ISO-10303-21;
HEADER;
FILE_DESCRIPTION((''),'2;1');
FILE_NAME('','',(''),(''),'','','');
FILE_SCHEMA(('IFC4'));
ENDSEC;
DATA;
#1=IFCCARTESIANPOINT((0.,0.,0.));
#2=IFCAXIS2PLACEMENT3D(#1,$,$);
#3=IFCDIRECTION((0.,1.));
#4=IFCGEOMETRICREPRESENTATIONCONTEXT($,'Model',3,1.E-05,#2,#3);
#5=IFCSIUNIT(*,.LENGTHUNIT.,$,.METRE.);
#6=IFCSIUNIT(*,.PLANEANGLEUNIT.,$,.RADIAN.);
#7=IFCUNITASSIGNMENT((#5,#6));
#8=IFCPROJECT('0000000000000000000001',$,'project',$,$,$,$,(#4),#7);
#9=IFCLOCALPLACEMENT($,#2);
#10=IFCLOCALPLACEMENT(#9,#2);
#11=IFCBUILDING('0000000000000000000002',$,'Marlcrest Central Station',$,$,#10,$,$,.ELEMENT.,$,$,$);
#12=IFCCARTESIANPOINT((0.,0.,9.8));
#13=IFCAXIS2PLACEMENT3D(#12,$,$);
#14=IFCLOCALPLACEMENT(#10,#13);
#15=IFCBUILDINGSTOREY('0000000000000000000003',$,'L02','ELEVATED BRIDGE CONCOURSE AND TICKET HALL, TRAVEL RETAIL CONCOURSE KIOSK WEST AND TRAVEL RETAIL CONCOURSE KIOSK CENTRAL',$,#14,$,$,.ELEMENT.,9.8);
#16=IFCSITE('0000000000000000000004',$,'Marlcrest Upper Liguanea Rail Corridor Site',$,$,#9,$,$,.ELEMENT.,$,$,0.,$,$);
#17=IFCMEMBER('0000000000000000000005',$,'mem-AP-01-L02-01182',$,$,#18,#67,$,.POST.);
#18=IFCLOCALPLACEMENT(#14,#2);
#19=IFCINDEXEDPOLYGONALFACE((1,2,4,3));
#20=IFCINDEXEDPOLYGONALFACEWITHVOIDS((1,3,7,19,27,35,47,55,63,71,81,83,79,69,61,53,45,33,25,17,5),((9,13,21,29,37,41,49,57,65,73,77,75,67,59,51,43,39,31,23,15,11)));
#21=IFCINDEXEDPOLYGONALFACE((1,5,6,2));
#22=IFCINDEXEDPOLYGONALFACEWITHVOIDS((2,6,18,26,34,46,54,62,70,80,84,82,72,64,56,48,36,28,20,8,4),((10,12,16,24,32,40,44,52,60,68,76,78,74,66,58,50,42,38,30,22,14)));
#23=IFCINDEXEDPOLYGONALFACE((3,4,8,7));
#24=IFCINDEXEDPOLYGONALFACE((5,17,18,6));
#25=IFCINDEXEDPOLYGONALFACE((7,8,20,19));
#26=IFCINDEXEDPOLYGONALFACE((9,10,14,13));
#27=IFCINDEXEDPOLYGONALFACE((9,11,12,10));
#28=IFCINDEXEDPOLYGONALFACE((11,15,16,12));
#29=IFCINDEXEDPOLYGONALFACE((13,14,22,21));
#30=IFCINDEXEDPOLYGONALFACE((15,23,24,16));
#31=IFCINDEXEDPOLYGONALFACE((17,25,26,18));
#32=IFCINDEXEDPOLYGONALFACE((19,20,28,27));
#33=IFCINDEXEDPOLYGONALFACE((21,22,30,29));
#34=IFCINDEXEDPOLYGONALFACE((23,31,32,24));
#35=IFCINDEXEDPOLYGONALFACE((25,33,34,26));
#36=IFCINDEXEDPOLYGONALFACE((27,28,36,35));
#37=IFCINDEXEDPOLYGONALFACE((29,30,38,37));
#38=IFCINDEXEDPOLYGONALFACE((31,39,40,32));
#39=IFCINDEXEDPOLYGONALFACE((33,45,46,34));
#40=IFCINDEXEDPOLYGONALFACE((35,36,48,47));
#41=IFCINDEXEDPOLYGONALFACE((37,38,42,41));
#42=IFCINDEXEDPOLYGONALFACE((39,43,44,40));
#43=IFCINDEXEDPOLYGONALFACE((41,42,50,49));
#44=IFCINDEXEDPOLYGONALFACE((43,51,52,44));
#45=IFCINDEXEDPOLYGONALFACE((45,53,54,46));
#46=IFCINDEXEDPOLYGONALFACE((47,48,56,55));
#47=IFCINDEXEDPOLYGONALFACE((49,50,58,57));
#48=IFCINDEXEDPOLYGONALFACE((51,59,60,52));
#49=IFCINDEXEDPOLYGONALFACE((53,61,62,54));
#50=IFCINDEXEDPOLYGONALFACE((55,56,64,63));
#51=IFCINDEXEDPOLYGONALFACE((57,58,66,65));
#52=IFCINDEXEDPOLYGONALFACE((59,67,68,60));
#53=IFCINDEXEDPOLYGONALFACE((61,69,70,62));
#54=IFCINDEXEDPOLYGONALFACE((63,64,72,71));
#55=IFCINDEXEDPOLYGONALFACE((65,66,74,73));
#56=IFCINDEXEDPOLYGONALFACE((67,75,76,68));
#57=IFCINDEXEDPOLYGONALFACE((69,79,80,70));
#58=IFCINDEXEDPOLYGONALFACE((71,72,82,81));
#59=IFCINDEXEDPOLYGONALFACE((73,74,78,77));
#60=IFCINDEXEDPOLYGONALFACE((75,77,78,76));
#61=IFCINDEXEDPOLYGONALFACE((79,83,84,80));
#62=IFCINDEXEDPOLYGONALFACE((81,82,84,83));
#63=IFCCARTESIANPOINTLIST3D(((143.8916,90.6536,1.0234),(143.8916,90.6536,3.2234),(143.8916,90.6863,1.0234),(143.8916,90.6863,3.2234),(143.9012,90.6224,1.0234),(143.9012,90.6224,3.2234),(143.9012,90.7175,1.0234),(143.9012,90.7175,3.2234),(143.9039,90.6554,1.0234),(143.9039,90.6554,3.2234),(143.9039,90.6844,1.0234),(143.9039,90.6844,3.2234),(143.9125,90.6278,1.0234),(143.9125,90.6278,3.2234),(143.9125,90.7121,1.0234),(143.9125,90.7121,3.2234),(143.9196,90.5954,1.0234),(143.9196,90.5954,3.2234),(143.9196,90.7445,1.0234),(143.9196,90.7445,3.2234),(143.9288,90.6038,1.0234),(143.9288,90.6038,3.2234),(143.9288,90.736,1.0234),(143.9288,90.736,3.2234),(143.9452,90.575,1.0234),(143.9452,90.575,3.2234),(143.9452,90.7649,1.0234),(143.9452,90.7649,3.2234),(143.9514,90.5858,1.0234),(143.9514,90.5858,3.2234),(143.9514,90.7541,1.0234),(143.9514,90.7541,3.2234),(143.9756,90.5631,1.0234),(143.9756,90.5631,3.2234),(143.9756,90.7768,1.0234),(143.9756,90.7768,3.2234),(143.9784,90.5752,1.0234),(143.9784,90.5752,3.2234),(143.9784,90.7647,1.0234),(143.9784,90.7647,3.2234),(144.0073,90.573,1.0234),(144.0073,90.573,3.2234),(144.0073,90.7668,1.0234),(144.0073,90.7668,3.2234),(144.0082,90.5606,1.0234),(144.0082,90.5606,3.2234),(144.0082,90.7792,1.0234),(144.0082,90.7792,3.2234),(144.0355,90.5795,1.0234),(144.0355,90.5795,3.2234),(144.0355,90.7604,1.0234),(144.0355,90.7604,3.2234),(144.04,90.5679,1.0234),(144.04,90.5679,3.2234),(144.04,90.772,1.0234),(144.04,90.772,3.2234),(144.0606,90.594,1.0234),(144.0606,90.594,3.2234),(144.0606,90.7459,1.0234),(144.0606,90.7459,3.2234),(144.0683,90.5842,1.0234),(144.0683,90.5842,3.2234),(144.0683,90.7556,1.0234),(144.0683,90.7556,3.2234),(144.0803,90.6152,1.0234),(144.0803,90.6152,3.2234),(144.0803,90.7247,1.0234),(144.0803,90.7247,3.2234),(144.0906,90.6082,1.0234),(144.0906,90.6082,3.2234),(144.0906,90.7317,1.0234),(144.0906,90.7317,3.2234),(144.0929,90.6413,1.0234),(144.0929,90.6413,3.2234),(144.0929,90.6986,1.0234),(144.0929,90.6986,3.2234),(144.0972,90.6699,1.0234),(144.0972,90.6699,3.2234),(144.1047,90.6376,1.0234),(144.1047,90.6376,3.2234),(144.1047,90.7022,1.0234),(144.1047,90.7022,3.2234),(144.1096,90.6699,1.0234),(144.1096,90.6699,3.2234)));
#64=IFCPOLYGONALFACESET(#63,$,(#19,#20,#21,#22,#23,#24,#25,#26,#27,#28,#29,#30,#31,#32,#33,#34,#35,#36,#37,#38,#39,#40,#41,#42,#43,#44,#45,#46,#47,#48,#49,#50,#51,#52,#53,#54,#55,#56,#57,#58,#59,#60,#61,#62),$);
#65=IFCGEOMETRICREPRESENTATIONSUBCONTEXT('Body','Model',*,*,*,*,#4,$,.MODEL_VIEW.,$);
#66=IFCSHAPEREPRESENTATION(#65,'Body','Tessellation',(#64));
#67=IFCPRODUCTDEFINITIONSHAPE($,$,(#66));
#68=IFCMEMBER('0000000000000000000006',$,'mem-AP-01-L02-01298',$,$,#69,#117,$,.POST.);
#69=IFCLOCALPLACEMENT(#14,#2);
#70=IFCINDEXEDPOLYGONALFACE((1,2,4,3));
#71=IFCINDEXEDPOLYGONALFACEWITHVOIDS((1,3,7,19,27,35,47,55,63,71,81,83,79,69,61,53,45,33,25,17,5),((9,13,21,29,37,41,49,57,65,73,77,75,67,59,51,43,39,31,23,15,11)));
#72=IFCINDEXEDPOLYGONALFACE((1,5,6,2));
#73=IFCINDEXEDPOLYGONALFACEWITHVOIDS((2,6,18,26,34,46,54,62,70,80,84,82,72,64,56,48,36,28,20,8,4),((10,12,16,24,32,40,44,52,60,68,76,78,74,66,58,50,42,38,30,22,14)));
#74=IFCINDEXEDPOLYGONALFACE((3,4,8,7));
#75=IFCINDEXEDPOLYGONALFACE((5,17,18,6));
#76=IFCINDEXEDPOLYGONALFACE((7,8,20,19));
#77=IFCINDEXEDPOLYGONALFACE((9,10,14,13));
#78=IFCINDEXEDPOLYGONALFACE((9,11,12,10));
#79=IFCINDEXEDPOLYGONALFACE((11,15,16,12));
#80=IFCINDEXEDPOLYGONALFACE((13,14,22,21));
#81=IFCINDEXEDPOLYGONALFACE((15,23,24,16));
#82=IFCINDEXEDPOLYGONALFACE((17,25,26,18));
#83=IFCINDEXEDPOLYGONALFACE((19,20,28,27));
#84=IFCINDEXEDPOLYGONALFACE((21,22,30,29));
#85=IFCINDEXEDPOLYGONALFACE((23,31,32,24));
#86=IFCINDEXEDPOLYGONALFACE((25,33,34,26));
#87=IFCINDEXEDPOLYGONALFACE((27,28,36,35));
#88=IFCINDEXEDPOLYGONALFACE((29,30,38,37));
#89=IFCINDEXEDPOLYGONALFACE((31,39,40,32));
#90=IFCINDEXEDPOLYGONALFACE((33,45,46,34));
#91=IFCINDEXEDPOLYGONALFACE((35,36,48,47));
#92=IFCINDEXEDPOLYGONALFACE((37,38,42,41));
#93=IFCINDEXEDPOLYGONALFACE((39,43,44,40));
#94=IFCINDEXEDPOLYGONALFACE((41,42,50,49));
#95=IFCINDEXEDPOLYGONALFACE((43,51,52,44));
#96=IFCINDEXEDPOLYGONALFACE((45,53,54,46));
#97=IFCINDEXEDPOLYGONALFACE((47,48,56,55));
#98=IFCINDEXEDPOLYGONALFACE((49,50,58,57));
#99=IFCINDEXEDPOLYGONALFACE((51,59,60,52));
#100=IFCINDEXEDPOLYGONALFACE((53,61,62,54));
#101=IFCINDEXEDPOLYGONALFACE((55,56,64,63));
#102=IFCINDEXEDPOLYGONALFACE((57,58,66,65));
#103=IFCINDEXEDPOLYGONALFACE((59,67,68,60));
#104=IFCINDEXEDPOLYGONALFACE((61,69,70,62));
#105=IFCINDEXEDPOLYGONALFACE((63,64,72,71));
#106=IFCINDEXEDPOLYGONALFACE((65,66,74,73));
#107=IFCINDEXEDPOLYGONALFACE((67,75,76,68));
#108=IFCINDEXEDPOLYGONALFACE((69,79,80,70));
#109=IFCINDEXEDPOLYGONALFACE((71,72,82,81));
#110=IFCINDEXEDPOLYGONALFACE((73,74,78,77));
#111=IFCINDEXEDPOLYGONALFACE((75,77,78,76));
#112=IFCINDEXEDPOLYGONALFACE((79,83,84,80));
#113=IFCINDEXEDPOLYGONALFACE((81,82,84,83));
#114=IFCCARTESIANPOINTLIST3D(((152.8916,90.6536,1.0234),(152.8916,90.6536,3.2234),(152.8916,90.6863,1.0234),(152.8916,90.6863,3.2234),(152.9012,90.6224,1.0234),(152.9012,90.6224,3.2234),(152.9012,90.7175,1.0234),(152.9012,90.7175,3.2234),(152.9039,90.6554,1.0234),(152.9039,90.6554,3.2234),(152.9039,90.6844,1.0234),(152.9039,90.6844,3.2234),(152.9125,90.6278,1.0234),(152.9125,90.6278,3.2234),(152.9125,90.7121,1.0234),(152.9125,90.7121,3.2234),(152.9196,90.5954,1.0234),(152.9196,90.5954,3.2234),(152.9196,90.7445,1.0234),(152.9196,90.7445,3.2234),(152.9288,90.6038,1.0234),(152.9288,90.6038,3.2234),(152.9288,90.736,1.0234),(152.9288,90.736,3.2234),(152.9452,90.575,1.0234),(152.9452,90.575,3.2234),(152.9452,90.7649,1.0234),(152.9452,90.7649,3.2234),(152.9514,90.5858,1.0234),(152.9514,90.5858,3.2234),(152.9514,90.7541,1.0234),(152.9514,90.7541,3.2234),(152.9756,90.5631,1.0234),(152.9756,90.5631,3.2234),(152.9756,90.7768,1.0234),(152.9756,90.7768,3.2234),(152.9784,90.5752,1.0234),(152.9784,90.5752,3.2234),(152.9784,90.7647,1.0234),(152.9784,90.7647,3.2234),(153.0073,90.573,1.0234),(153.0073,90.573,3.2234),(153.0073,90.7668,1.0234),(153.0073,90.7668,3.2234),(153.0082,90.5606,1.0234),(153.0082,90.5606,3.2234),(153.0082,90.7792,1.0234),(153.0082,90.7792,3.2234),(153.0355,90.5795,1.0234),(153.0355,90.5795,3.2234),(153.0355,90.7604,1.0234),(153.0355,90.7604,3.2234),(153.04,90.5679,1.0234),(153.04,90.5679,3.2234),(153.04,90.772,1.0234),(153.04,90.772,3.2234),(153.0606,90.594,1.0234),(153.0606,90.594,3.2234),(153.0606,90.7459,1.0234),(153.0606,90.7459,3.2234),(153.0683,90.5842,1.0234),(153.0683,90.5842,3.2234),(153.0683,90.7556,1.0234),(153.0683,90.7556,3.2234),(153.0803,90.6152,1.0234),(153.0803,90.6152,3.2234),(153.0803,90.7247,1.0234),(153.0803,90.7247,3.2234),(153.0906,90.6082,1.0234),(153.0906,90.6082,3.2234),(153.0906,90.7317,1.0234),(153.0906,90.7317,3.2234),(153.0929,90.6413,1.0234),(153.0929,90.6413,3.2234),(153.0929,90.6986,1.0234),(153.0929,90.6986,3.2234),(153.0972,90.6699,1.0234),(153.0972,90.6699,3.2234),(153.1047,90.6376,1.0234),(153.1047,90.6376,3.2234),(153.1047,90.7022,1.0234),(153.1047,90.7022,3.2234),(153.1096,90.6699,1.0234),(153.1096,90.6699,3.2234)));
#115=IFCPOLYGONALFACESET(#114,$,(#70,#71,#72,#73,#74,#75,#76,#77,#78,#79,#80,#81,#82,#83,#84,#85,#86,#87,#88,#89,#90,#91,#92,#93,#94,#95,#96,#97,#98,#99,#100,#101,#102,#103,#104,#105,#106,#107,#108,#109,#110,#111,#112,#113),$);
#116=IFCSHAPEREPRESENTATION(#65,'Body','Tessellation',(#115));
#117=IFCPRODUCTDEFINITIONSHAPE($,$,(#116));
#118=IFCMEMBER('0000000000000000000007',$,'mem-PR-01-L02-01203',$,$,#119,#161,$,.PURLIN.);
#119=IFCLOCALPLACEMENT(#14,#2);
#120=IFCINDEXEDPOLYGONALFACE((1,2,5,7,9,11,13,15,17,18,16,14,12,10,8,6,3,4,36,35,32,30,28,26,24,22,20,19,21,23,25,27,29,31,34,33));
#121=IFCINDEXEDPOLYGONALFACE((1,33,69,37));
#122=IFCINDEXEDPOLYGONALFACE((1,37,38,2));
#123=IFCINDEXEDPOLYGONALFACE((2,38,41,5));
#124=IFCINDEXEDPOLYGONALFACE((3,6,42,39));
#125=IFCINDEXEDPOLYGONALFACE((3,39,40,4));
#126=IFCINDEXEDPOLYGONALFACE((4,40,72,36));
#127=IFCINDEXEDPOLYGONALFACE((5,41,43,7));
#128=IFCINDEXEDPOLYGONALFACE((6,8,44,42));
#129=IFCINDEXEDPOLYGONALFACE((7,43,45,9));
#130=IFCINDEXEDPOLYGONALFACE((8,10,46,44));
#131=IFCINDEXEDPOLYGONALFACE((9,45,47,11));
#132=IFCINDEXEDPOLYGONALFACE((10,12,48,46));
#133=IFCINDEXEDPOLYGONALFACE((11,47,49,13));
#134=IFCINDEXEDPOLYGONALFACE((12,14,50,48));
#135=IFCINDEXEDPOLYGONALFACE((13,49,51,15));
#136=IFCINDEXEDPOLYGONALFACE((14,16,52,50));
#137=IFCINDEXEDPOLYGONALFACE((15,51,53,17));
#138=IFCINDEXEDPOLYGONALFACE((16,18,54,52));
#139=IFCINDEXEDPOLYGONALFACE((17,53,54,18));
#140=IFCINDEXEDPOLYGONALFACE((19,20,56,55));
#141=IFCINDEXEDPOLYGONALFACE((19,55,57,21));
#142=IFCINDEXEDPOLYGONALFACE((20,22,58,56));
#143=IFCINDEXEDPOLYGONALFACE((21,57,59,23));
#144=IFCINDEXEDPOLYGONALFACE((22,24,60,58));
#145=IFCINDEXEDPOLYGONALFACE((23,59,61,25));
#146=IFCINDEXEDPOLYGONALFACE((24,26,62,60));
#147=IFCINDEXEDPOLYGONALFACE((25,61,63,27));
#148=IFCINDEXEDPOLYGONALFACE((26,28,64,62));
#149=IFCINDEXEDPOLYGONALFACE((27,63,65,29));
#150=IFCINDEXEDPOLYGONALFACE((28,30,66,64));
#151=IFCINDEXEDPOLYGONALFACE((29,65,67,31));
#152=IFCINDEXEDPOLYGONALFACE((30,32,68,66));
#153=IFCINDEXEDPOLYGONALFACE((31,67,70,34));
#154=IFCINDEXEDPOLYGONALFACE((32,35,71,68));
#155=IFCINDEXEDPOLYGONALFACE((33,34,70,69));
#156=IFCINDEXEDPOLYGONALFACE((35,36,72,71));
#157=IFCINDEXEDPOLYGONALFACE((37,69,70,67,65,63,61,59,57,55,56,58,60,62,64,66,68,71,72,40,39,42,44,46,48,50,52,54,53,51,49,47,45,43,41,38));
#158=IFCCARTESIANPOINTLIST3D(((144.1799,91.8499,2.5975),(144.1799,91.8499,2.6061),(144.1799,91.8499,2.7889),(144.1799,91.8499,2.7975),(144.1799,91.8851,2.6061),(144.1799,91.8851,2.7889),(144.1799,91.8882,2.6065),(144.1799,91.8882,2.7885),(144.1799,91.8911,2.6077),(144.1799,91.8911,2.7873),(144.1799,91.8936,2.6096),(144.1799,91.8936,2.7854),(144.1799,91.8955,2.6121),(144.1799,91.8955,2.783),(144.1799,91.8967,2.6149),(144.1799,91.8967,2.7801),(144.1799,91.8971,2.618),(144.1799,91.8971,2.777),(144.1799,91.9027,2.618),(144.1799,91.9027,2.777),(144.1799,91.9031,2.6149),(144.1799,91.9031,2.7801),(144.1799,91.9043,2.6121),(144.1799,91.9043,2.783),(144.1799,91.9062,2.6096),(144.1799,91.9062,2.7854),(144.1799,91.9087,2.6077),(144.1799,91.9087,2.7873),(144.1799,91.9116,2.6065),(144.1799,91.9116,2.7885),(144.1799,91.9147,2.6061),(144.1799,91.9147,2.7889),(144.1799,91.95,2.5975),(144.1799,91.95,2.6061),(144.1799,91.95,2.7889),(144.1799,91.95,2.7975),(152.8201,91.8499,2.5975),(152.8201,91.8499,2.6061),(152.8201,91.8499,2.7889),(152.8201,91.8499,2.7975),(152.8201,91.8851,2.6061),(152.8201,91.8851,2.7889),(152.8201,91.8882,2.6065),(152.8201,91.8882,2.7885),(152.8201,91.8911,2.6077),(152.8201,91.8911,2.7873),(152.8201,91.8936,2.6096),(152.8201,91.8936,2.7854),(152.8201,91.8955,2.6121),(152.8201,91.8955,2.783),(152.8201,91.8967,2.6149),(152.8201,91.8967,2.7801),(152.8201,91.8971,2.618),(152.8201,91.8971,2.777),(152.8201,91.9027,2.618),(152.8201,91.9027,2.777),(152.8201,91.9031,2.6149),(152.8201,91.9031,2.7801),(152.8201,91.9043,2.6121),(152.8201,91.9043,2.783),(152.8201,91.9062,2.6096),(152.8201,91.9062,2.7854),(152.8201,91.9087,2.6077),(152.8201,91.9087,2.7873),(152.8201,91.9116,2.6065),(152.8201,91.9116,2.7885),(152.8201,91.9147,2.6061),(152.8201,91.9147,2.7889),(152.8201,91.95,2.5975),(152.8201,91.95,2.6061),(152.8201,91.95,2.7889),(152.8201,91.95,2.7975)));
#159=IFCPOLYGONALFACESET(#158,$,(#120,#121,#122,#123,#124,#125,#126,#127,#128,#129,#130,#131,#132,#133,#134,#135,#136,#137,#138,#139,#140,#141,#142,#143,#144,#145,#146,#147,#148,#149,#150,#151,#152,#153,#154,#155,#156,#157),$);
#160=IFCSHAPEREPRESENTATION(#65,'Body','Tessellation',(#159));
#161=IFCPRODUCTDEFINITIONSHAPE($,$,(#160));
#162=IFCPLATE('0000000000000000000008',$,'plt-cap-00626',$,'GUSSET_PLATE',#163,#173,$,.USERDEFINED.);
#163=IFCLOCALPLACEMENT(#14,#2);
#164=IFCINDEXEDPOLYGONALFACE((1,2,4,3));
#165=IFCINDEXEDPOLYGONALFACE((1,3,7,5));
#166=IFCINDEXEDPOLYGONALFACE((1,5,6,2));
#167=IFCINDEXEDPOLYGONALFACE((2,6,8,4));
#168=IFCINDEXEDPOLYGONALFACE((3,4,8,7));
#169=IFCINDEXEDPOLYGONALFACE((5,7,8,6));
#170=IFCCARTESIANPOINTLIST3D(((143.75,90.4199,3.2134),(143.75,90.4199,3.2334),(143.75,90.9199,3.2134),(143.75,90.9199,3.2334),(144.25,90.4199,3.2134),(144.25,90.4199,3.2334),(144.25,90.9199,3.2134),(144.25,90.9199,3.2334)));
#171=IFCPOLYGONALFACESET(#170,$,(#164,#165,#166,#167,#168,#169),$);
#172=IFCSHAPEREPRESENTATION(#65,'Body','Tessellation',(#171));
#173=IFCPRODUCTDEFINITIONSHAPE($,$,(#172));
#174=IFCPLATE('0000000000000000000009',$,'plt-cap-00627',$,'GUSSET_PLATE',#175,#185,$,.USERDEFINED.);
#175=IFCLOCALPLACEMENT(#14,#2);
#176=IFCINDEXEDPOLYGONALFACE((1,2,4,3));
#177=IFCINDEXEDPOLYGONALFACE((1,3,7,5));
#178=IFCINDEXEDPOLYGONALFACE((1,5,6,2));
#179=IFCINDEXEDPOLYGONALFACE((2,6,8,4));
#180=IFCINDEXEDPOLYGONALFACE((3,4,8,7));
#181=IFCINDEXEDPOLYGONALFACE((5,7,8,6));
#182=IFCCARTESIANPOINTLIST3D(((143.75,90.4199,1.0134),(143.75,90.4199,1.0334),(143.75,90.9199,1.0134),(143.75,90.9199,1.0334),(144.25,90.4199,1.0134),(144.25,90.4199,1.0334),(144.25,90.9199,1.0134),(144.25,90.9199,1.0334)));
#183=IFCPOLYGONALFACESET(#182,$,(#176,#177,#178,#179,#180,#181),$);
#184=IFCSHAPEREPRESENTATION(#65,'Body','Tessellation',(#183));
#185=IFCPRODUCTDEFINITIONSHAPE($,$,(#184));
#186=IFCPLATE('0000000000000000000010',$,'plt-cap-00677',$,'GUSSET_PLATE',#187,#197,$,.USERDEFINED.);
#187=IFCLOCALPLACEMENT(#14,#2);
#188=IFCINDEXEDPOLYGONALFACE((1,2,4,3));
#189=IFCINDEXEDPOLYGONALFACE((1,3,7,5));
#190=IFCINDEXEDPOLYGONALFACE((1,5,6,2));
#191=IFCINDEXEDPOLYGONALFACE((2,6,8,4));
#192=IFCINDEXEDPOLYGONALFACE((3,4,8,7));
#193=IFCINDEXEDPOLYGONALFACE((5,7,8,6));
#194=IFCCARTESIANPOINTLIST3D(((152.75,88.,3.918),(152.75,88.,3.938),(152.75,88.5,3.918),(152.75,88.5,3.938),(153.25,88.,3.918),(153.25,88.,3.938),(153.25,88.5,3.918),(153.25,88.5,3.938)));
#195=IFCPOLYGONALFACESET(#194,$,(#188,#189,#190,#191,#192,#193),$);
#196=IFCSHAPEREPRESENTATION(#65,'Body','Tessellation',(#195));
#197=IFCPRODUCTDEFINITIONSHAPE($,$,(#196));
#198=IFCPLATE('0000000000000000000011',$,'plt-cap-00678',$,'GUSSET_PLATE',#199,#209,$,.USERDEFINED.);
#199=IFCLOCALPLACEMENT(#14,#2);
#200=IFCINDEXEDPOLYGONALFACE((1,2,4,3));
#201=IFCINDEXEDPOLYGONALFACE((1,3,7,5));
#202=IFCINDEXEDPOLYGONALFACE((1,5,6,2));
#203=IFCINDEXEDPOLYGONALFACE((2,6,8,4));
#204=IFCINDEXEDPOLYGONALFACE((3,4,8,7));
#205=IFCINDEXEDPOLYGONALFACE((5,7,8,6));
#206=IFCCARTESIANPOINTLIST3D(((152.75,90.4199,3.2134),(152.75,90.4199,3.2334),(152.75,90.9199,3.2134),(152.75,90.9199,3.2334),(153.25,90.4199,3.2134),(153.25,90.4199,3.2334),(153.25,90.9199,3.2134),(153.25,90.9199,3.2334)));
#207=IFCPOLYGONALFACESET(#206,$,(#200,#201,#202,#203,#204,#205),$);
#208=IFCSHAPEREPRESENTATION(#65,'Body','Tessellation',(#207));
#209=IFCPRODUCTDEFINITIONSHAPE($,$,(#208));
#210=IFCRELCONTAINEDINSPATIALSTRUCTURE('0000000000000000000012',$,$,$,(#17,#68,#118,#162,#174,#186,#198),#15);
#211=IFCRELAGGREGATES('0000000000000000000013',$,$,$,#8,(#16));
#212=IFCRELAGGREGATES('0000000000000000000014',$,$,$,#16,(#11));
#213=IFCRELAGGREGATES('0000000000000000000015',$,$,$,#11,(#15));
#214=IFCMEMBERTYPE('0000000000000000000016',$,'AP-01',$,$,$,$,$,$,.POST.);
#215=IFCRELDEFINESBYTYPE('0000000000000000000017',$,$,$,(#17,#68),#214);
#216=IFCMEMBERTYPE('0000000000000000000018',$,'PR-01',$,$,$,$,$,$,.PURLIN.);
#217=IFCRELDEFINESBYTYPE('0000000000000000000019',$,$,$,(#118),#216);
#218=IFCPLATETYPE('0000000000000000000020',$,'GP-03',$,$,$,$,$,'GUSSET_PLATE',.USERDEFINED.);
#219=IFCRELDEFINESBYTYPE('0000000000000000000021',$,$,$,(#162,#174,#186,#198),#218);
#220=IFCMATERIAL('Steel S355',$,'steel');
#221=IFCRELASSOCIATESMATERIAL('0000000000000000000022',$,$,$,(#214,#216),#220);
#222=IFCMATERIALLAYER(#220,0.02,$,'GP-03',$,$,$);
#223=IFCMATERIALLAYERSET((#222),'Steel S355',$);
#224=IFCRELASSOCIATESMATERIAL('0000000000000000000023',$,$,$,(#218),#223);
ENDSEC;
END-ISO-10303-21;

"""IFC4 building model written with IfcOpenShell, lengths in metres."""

from ifc_helpers import new_model, si_unit, direction, frame, origin, origin_2d, place, context, subcontext, project, spatial, rectangle, hollow_circle, i_section, extrude, material, layer, layer_set, material_profile, profile_set, type_object, element, save


model = new_model("IFC4")

# Units and contexts
model_context = context("Model", 3, precision=1e-05, world=origin(), true_north=direction((0.0, 1.0)))
body_context = subcontext(model_context, "Body", "Model", "MODEL_VIEW")
ifc_project = project(units=[si_unit("LENGTHUNIT", "METRE"), si_unit("PLANEANGLEUNIT", "RADIAN")], contexts=[model_context])

# Site, building, storey
site_placement = place(None, origin())
site = spatial("IfcSite", under=ifc_project, at=site_placement, Name="Marlcrest Upper Liguanea Rail Corridor Site", CompositionType="ELEMENT", RefElevation=0.0)
building_placement = place(site_placement, origin())
building = spatial("IfcBuilding", under=site, at=building_placement, Name="Marlcrest Central Station", CompositionType="ELEMENT")
storey_placement = place(building_placement, frame((0.0, 0.0, 9.8)))
storey = spatial("IfcBuildingStorey", under=building, at=storey_placement, Name="L02", Description="ELEVATED BRIDGE CONCOURSE AND TICKET HALL, TRAVEL RETAIL CONCOURSE KIOSK WEST AND TRAVEL RETAIL CONCOURSE KIOSK CENTRAL", CompositionType="ELEMENT", Elevation=9.8)

# Members
ifc_material_1 = material(Name="Steel S355", Category="steel")
ifc_material_profile_1 = material_profile(ifc_material_1, hollow_circle(Radius=0.1096, WallThickness=0.0125, at=origin_2d()), Name="CHS 219.1x12.5")
ifc_profile_set_1 = profile_set([ifc_material_profile_1], Name="Steel S355")
member_type_1 = type_object("IfcMemberType", Name="AP-01", PredefinedType="POST", material=ifc_profile_set_1)
for number, where, z_axis, x_axis, name in (
    (1, (144.0, 90.6699, 1.0234), (0.0, 0.0, 1.0), (1.0, 0.0, 0.0), "mem-AP-01-L02-01182"),
    (2, (153.0, 90.6699, 1.0234), (0.0, 0.0, 1.0), (1.0, 0.0, 0.0), "mem-AP-01-L02-01298"),
):
    element("IfcMember", number, at=place(storey_placement, frame(where, z_axis=z_axis, x_axis=x_axis)), inside=storey, type_object=member_type_1, Name=name, PredefinedType="POST", context=body_context, shape_type="SweptSolid", body=[
        extrude(hollow_circle(Radius=0.1096, WallThickness=0.0125, at=origin_2d()), origin(), (0.0, 0.0, 1.0), 2.2),
    ])
ifc_material_profile_2 = material_profile(ifc_material_1, i_section(OverallWidth=0.1001, OverallDepth=0.2, WebThickness=0.0056, FlangeThickness=0.0085, FilletRadius=0.012, at=origin_2d()), Name="IPE 200")
ifc_profile_set_2 = profile_set([ifc_material_profile_2], Name="Steel S355")
member_type_2 = type_object("IfcMemberType", Name="PR-01", PredefinedType="PURLIN", material=ifc_profile_set_2)
member_1_placement = place(storey_placement, frame((144.1799, 91.8999, 2.6975), z_axis=(1.0, 0.0, 0.0), x_axis=(0.0, 1.0, 0.0)))
element("IfcMember", 3, at=member_1_placement, inside=storey, type_object=member_type_2, Name="mem-PR-01-L02-01203", PredefinedType="PURLIN", context=body_context, shape_type="SweptSolid", body=[
    extrude(i_section(OverallWidth=0.1001, OverallDepth=0.2, WebThickness=0.0056, FlangeThickness=0.0085, FilletRadius=0.012, at=origin_2d()), origin(), (0.0, 0.0, 1.0), 8.6401),
])

# Plates
ifc_layer_1 = layer(ifc_material_1, 0.02, Name="GP-03")
ifc_layer_set_1 = layer_set([ifc_layer_1], Name="Steel S355")
plate_type = type_object("IfcPlateType", Name="GP-03", ElementType="GUSSET_PLATE", PredefinedType="USERDEFINED", material=ifc_layer_set_1)
for number, where, z_axis, x_axis, name in (
    (4, (144.0, 90.6699, 3.2134), (0.0, 0.0, 1.0), (1.0, 0.0, 0.0), "plt-cap-00626"),
    (5, (144.0, 90.6699, 1.0134), (0.0, 0.0, 1.0), (1.0, 0.0, 0.0), "plt-cap-00627"),
    (6, (153.0, 88.25, 3.918), (0.0, 0.0, 1.0), (1.0, 0.0, 0.0), "plt-cap-00677"),
    (7, (153.0, 90.6699, 3.2134), (0.0, 0.0, 1.0), (1.0, 0.0, 0.0), "plt-cap-00678"),
):
    element("IfcPlate", number, at=place(storey_placement, frame(where, z_axis=z_axis, x_axis=x_axis)), inside=storey, type_object=plate_type, Name=name, ObjectType="GUSSET_PLATE", PredefinedType="USERDEFINED", context=body_context, shape_type="SweptSolid", body=[
        extrude(rectangle(XDim=0.5, YDim=0.5, at=origin_2d()), origin(), (0.0, 0.0, 1.0), 0.02),
    ])

save(model, "model.ifc")
